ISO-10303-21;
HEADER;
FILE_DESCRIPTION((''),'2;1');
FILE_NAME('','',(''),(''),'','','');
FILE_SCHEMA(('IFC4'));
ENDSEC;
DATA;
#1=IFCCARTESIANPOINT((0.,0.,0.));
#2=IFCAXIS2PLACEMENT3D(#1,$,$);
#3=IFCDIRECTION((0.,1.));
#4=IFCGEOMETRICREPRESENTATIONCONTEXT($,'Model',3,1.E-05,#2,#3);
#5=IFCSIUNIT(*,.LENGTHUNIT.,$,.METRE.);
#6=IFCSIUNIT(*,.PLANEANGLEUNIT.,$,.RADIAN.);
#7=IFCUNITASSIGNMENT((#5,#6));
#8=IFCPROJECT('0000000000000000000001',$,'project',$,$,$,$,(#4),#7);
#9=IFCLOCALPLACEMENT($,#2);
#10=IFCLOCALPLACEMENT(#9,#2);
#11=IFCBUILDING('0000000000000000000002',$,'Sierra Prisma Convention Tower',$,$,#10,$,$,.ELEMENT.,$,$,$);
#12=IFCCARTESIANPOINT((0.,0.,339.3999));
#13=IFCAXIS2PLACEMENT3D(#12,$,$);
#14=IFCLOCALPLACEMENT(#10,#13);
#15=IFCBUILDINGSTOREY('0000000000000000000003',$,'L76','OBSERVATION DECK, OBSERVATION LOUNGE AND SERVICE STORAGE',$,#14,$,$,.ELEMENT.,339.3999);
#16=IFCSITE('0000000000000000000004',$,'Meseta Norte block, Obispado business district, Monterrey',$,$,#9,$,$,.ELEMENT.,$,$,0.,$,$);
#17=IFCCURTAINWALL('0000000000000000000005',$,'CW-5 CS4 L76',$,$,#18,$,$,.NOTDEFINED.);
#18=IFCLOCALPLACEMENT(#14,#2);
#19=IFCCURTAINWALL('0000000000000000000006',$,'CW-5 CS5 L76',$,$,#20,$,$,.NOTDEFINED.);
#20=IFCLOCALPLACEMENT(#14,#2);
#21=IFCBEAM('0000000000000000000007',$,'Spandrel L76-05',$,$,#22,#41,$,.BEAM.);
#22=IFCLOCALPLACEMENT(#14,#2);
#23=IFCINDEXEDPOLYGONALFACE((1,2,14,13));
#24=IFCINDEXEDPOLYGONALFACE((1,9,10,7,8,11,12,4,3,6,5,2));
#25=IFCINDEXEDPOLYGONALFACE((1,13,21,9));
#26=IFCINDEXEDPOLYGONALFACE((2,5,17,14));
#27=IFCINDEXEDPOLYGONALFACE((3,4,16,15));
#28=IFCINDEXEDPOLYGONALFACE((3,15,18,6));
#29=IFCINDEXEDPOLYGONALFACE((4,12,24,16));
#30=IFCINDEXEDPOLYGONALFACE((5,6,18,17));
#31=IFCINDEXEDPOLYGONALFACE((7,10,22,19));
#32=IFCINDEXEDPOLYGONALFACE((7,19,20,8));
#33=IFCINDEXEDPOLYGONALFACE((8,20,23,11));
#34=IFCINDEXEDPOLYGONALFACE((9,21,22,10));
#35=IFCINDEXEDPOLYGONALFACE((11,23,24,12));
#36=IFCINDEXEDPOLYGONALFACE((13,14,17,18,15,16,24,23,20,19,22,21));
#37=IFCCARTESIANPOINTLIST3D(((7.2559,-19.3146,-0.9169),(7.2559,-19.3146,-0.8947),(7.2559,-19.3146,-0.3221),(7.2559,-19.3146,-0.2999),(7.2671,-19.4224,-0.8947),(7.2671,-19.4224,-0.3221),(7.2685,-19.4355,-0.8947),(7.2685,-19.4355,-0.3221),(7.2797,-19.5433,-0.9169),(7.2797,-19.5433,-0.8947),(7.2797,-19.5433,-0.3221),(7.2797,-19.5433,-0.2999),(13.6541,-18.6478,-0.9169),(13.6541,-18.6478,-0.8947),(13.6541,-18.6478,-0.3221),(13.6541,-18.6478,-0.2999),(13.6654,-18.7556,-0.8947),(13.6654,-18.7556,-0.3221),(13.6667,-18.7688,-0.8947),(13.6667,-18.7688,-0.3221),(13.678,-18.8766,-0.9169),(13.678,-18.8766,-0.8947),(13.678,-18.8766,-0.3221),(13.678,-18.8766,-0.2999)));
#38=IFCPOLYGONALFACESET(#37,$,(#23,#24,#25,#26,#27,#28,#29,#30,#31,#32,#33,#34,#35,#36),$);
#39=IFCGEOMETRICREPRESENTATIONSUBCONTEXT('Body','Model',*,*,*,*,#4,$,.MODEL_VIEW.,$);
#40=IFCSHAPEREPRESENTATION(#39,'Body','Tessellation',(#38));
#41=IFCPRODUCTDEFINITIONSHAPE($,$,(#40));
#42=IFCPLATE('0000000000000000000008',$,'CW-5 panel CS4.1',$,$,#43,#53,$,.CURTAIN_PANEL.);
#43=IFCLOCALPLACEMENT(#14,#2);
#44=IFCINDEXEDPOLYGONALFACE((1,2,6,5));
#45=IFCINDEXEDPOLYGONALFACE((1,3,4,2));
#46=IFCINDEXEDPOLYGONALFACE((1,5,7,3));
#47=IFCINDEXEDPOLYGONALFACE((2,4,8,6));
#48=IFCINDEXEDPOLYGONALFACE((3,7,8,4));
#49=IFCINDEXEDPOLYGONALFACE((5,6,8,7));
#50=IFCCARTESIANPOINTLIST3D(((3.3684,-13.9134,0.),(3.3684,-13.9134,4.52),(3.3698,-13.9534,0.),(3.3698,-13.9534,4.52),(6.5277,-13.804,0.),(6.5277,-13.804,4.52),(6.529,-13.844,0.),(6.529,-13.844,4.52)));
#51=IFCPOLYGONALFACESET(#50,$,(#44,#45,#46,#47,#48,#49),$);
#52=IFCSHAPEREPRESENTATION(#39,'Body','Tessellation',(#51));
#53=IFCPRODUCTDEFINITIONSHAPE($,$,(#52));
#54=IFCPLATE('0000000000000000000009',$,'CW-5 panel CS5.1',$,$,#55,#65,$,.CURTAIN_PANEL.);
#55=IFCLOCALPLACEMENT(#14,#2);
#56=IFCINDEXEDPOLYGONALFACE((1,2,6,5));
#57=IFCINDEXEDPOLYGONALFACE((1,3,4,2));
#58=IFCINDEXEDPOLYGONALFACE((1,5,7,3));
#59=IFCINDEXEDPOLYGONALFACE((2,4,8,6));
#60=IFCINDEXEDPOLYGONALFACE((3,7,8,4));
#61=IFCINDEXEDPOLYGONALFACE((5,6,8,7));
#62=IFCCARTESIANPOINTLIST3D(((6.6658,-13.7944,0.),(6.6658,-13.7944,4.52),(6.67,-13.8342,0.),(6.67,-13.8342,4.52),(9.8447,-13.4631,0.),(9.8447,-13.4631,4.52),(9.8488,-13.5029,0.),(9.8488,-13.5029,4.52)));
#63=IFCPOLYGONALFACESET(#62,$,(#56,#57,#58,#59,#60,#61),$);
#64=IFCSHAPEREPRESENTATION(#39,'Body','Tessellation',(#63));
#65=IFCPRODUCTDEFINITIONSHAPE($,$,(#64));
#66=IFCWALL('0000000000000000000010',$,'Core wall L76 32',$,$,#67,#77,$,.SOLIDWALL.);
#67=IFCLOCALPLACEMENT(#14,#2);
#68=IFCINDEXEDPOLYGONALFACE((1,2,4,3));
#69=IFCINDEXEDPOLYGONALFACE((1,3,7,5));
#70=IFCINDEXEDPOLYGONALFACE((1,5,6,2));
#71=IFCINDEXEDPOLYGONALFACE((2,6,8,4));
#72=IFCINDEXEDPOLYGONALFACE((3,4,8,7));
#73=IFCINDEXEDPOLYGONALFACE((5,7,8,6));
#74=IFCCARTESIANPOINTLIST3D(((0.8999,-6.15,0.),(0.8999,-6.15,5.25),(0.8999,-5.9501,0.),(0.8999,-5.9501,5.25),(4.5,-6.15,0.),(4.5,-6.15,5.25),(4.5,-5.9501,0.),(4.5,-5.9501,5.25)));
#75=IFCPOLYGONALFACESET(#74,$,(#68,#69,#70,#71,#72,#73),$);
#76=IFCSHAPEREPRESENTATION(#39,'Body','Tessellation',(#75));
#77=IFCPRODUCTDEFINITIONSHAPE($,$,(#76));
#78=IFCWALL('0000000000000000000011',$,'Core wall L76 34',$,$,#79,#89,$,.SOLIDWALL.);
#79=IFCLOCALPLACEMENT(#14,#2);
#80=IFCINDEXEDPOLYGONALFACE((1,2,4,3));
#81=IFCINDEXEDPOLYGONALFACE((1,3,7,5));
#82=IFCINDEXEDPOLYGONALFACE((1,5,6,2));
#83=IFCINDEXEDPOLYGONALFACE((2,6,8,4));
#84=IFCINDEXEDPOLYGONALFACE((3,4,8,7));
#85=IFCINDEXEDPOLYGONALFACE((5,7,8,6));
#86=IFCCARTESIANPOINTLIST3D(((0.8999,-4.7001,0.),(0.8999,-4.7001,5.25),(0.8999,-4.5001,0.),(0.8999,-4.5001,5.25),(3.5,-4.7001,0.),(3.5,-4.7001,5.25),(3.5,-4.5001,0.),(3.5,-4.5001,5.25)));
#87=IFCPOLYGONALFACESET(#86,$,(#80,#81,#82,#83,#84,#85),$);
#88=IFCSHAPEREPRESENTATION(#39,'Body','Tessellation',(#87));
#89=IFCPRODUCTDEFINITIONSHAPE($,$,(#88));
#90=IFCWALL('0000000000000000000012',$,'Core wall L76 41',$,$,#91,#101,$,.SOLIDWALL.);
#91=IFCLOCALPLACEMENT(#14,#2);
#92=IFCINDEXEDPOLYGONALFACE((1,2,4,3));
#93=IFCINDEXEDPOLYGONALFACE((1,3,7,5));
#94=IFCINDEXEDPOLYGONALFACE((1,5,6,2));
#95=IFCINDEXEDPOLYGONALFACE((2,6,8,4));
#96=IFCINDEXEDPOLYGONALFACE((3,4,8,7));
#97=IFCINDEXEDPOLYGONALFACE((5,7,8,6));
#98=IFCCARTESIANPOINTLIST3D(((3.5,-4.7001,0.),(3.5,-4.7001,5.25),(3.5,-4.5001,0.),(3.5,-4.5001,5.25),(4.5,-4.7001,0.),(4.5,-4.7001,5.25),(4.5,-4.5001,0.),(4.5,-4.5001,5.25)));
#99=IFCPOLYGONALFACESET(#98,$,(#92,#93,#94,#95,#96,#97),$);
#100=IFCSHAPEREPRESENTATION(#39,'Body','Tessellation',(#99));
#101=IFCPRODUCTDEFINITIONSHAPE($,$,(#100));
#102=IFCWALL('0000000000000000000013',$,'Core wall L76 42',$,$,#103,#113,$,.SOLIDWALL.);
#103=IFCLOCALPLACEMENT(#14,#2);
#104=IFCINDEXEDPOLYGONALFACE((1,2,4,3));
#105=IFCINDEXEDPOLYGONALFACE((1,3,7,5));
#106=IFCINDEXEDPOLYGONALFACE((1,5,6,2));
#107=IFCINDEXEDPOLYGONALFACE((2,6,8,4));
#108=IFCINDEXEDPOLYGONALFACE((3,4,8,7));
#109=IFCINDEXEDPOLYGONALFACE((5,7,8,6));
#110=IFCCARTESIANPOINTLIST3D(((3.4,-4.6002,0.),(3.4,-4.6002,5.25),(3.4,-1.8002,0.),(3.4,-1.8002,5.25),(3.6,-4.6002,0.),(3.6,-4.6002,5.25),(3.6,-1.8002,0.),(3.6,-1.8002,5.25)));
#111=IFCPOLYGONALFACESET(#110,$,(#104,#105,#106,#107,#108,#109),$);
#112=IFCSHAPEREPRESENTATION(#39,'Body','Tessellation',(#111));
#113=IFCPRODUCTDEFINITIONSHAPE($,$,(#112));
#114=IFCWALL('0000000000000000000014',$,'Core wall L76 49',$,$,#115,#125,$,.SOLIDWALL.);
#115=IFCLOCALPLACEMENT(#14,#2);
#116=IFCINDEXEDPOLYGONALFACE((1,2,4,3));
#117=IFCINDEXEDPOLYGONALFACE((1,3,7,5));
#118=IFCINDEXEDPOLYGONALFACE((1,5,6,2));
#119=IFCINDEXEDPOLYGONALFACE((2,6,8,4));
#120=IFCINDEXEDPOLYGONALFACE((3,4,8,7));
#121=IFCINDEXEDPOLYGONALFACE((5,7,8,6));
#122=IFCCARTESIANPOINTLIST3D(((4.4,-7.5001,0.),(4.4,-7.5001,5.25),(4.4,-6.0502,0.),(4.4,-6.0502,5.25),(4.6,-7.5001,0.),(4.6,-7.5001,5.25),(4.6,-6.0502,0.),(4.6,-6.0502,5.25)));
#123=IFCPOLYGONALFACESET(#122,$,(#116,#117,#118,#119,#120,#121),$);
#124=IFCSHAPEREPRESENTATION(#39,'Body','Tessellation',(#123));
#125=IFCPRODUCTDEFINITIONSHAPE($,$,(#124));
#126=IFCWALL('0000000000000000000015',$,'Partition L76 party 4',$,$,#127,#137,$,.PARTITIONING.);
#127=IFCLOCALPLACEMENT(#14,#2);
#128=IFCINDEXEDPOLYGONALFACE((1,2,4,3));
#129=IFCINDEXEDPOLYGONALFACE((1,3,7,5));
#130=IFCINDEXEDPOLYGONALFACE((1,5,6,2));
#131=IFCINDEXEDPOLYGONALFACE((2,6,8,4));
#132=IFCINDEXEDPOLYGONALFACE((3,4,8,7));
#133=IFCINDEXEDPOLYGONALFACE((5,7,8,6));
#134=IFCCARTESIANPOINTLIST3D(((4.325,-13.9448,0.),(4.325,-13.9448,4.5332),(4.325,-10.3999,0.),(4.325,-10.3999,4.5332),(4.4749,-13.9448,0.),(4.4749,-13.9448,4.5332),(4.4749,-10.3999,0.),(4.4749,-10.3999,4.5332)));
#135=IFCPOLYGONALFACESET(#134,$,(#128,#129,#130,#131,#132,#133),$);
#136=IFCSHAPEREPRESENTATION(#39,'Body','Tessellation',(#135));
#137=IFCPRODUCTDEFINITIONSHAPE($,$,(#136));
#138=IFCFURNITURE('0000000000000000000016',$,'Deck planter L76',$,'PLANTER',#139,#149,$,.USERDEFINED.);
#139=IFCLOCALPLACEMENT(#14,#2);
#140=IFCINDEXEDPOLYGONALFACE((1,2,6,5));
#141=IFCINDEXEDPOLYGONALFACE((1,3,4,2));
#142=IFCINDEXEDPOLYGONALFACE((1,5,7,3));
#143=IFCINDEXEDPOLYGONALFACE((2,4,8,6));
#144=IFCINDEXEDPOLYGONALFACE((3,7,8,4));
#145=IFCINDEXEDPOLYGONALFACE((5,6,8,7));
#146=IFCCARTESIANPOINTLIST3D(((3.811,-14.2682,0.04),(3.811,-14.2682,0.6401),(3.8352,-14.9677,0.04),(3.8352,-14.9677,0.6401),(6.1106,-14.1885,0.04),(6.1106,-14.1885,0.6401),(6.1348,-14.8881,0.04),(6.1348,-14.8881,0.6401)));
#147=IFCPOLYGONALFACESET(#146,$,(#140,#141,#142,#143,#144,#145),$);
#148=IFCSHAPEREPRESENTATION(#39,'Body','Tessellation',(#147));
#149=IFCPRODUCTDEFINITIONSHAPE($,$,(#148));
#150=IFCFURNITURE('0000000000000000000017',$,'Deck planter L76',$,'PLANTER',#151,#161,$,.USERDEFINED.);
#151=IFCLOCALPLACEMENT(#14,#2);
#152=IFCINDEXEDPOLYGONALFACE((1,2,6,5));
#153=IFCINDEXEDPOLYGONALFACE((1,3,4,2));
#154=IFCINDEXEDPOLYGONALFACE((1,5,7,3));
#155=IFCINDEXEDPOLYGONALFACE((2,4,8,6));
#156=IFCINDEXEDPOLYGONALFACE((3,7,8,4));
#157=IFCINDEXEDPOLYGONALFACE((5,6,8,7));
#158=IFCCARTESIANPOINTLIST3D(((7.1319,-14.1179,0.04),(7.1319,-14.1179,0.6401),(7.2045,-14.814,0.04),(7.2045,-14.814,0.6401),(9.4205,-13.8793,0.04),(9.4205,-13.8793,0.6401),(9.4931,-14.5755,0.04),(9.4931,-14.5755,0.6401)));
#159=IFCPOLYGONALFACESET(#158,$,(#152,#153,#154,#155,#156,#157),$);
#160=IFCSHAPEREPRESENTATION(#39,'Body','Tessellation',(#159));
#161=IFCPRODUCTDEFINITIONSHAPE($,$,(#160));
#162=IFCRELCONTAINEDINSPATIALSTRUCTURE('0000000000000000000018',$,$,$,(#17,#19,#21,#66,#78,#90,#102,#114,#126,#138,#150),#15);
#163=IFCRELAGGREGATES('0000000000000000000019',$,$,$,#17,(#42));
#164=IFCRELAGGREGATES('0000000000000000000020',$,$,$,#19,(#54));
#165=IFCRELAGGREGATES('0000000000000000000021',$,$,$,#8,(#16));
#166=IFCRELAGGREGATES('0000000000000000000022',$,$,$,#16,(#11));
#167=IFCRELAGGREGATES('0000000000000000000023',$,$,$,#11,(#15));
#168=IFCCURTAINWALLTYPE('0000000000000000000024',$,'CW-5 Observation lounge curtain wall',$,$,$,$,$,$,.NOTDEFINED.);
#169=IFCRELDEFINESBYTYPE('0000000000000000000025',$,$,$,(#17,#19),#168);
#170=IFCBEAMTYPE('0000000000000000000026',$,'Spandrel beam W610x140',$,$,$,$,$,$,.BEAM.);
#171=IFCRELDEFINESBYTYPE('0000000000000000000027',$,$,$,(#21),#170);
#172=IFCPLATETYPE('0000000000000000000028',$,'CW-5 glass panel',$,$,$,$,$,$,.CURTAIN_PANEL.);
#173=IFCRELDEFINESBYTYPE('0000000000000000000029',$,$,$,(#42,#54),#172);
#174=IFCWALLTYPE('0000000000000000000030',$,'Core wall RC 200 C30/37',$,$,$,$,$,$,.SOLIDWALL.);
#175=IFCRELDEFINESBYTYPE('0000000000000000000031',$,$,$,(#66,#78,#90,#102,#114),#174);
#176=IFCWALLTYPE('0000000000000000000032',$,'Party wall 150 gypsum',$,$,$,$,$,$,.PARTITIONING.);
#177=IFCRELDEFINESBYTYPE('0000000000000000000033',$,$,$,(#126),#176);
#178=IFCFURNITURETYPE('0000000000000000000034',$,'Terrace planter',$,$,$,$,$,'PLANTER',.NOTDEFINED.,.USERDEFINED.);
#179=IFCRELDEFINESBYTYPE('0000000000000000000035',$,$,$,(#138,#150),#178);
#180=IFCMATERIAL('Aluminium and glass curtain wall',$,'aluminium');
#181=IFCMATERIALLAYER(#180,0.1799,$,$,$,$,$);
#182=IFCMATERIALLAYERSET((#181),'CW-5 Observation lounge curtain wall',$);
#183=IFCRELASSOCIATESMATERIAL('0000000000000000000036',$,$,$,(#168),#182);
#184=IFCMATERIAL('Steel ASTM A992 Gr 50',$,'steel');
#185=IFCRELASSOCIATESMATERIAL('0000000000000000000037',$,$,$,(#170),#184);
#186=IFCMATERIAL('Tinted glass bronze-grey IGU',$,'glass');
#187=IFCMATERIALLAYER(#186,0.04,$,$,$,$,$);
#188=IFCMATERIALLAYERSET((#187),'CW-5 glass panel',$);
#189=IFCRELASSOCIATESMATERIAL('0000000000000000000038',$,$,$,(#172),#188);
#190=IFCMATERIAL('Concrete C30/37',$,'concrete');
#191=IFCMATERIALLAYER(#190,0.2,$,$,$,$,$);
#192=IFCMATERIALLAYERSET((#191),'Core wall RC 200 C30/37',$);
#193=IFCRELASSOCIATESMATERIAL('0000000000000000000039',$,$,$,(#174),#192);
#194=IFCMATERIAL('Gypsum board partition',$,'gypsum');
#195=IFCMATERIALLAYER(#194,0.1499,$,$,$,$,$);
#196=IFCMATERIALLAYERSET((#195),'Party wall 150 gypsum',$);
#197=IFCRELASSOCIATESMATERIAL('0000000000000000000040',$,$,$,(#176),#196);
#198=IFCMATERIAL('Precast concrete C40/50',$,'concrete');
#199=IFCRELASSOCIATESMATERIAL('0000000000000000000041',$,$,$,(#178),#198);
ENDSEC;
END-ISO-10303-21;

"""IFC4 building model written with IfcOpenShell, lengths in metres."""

from ifc_helpers import new_model, si_unit, direction, frame, frame_2d, origin, origin_2d, place, context, subcontext, project, spatial, rectangle, i_section, extrude, material, layer, layer_set, material_profile, profile_set, type_object, element, aggregate, save


model = new_model("IFC4")

# Units and contexts
model_context = context("Model", 3, precision=1e-05, world=origin(), true_north=direction((0.0, 1.0)))
body_context = subcontext(model_context, "Body", "Model", "MODEL_VIEW")
ifc_project = project(units=[si_unit("LENGTHUNIT", "METRE"), si_unit("PLANEANGLEUNIT", "RADIAN")], contexts=[model_context])

# Site, building, storey
site_placement = place(None, origin())
site = spatial("IfcSite", under=ifc_project, at=site_placement, Name="Meseta Norte block, Obispado business district, Monterrey", CompositionType="ELEMENT", RefElevation=0.0)
building_placement = place(site_placement, origin())
building = spatial("IfcBuilding", under=site, at=building_placement, Name="Sierra Prisma Convention Tower", CompositionType="ELEMENT")
storey_placement = place(building_placement, frame((0.0, 0.0, 339.3999)))
storey = spatial("IfcBuildingStorey", under=building, at=storey_placement, Name="L76", Description="OBSERVATION DECK, OBSERVATION LOUNGE AND SERVICE STORAGE", CompositionType="ELEMENT", Elevation=339.3999)

# Curtain wall
ifc_material_1 = material(Name="Aluminium and glass curtain wall", Category="aluminium")
ifc_layer_1 = layer(ifc_material_1, 0.1799)
ifc_layer_set_1 = layer_set([ifc_layer_1], Name="CW-5 Observation lounge curtain wall")
curtain_wall_type = type_object("IfcCurtainWallType", Name="CW-5 Observation lounge curtain wall", PredefinedType="NOTDEFINED", material=ifc_layer_set_1)
curtain_wall_1_placement = place(storey_placement, origin())
curtain_wall_1 = element("IfcCurtainWall", 1, at=curtain_wall_1_placement, inside=storey, type_object=curtain_wall_type, Name="CW-5 CS4 L76", PredefinedType="NOTDEFINED")

# Curtain wall
curtain_wall_2_placement = place(storey_placement, origin())
curtain_wall_2 = element("IfcCurtainWall", 2, at=curtain_wall_2_placement, inside=storey, type_object=curtain_wall_type, Name="CW-5 CS5 L76", PredefinedType="NOTDEFINED")

# Beam
ifc_material_2 = material(Name="Steel ASTM A992 Gr 50", Category="steel")
ifc_material_profile_1 = material_profile(ifc_material_2, i_section(OverallWidth=0.23, OverallDepth=0.6169, WebThickness=0.0132, FlangeThickness=0.0222, at=origin_2d()), Name="W610x140")
ifc_profile_set_1 = profile_set([ifc_material_profile_1], Name="Steel ASTM A992 Gr 50")
beam_type_1 = type_object("IfcBeamType", Name="Spandrel beam W610x140", PredefinedType="BEAM", material=ifc_profile_set_1)
for number, where, z_axis, x_axis, name in (
    (3, (7.2678, -19.429, -0.6084), (0.994614, 0.103648, 0.0), (-0.103648, 0.994614, 0.0), "Spandrel L76-05"),
):
    element("IfcBeam", number, at=place(storey_placement, frame(where, z_axis=z_axis, x_axis=x_axis)), inside=storey, type_object=beam_type_1, Name=name, PredefinedType="BEAM", context=body_context, shape_type="SweptSolid", body=[
        extrude(i_section(OverallWidth=0.23, OverallDepth=0.6169, WebThickness=0.0132, FlangeThickness=0.0222, at=origin_2d()), origin(), (0.0, 0.0, 1.0), 6.4329),
    ])

# Plates
ifc_material_3 = material(Name="Tinted glass bronze-grey IGU", Category="glass")
ifc_layer_2 = layer(ifc_material_3, 0.04)
ifc_layer_set_2 = layer_set([ifc_layer_2], Name="CW-5 glass panel")
plate_type = type_object("IfcPlateType", Name="CW-5 glass panel", PredefinedType="CURTAIN_PANEL", material=ifc_layer_set_2)
plate_1_placement = place(storey_placement, frame((4.9487, -13.8787, 0.0), z_axis=(0.0, 0.0, 1.0), x_axis=(0.999401, 0.034609, 0.0)))
plate_1 = element("IfcPlate", 4, at=plate_1_placement, type_object=plate_type, Name="CW-5 panel CS4.1", PredefinedType="CURTAIN_PANEL", context=body_context, shape_type="SweptSolid", body=[
    extrude(rectangle(XDim=3.1611, YDim=0.04, at=origin_2d()), origin(), (0.0, 0.0, 1.0), 4.52),
])
aggregate(curtain_wall_1, [plate_1])
plate_2_placement = place(storey_placement, frame((8.2573, -13.6487, 0.0), z_axis=(0.0, 0.0, 1.0), x_axis=(0.994613, 0.10366, 0.0)))
plate_2 = element("IfcPlate", 5, at=plate_2_placement, type_object=plate_type, Name="CW-5 panel CS5.1", PredefinedType="CURTAIN_PANEL", context=body_context, shape_type="SweptSolid", body=[
    extrude(rectangle(XDim=3.196, YDim=0.04, at=origin_2d()), origin(), (0.0, 0.0, 1.0), 4.52),
])
aggregate(curtain_wall_2, [plate_2])

# Shared definitions
ifc_material_4 = material(Name="Concrete C30/37", Category="concrete")
ifc_layer_3 = layer(ifc_material_4, 0.2)
ifc_layer_set_3 = layer_set([ifc_layer_3], Name="Core wall RC 200 C30/37")
wall_type_1 = type_object("IfcWallType", Name="Core wall RC 200 C30/37", PredefinedType="SOLIDWALL", material=ifc_layer_set_3)

# Wall
wall_1_placement = place(storey_placement, frame((4.5, -6.05, 0.0), z_axis=(0.0, 0.0, 1.0), x_axis=(-1.0, 0.0, 0.0)))
element("IfcWall", 6, at=wall_1_placement, inside=storey, type_object=wall_type_1, Name="Core wall L76 32", PredefinedType="SOLIDWALL", context=body_context, shape_type="SweptSolid", body=[
    extrude(rectangle(XDim=3.6001, YDim=0.2, at=frame_2d((1.8, 0.0))), origin(), (0.0, 0.0, 1.0), 5.25),
])

# Walls
wall_2_placement = place(storey_placement, frame((3.5, -4.6001, 0.0), z_axis=(0.0, 0.0, 1.0), x_axis=(-1.0, 0.0, 0.0)))
element("IfcWall", 7, at=wall_2_placement, inside=storey, type_object=wall_type_1, Name="Core wall L76 34", PredefinedType="SOLIDWALL", context=body_context, shape_type="SweptSolid", body=[
    extrude(rectangle(XDim=2.6001, YDim=0.2, at=frame_2d((1.3, 0.0))), origin(), (0.0, 0.0, 1.0), 5.25),
])
wall_3_placement = place(storey_placement, frame((4.5, -4.6001, 0.0), z_axis=(0.0, 0.0, 1.0), x_axis=(-1.0, 0.0, 0.0)))
element("IfcWall", 8, at=wall_3_placement, inside=storey, type_object=wall_type_1, Name="Core wall L76 41", PredefinedType="SOLIDWALL", context=body_context, shape_type="SweptSolid", body=[
    extrude(rectangle(XDim=1.0, YDim=0.2, at=frame_2d((0.5, 0.0))), origin(), (0.0, 0.0, 1.0), 5.25),
])
wall_4_placement = place(storey_placement, frame((3.5, -4.6001, 0.0), z_axis=(0.0, 0.0, 1.0), x_axis=(0.0, 1.0, 0.0)))
element("IfcWall", 9, at=wall_4_placement, inside=storey, type_object=wall_type_1, Name="Core wall L76 42", PredefinedType="SOLIDWALL", context=body_context, shape_type="SweptSolid", body=[
    extrude(rectangle(XDim=2.8, YDim=0.2, at=frame_2d((1.3999, 0.0))), origin(), (0.0, 0.0, 1.0), 5.25),
])
wall_5_placement = place(storey_placement, frame((4.5, -6.05, 0.0), z_axis=(0.0, 0.0, 1.0), x_axis=(0.0, -1.0, 0.0)))
element("IfcWall", 10, at=wall_5_placement, inside=storey, type_object=wall_type_1, Name="Core wall L76 49", PredefinedType="SOLIDWALL", context=body_context, shape_type="SweptSolid", body=[
    extrude(rectangle(XDim=1.45, YDim=0.2, at=frame_2d((0.7251, 0.0))), origin(), (0.0, 0.0, 1.0), 5.25),
])
ifc_material_5 = material(Name="Gypsum board partition", Category="gypsum")
ifc_layer_4 = layer(ifc_material_5, 0.1499)
ifc_layer_set_4 = layer_set([ifc_layer_4], Name="Party wall 150 gypsum")
wall_type_2 = type_object("IfcWallType", Name="Party wall 150 gypsum", PredefinedType="PARTITIONING", material=ifc_layer_set_4)
wall_6_placement = place(storey_placement, frame((4.3999, -10.3999, 0.0), z_axis=(0.0, 0.0, 1.0), x_axis=(0.0, -1.0, 0.0)))
element("IfcWall", 11, at=wall_6_placement, inside=storey, type_object=wall_type_2, Name="Partition L76 party 4", PredefinedType="PARTITIONING", context=body_context, shape_type="SweptSolid", body=[
    extrude(rectangle(XDim=3.5449, YDim=0.1499, at=frame_2d((1.7725, 0.0))), origin(), (0.0, 0.0, 1.0), 4.5332),
])

# Furniture
ifc_material_6 = material(Name="Precast concrete C40/50", Category="concrete")
furniture_type = type_object("IfcFurnitureType", Name="Terrace planter", ElementType="PLANTER", AssemblyPlace="NOTDEFINED", PredefinedType="USERDEFINED", material=ifc_material_6)
for number, where, z_axis, x_axis, name in (
    (12, (4.9729, -14.5781, 0.04), (0.0, 0.0, 1.0), (0.999401, 0.034609, 0.0), "Deck planter L76"),
    (13, (8.3125, -14.3467, 0.04), (0.0, 0.0, 1.0), (0.994613, 0.10366, 0.0), "Deck planter L76"),
):
    element("IfcFurniture", number, at=place(storey_placement, frame(where, z_axis=z_axis, x_axis=x_axis)), inside=storey, type_object=furniture_type, Name=name, ObjectType="PLANTER", PredefinedType="USERDEFINED", context=body_context, shape_type="SweptSolid", body=[
        extrude(rectangle(XDim=2.301, YDim=0.7, at=origin_2d()), origin(), (0.0, 0.0, 1.0), 0.6001),
    ])

save(model, "model.ifc")
